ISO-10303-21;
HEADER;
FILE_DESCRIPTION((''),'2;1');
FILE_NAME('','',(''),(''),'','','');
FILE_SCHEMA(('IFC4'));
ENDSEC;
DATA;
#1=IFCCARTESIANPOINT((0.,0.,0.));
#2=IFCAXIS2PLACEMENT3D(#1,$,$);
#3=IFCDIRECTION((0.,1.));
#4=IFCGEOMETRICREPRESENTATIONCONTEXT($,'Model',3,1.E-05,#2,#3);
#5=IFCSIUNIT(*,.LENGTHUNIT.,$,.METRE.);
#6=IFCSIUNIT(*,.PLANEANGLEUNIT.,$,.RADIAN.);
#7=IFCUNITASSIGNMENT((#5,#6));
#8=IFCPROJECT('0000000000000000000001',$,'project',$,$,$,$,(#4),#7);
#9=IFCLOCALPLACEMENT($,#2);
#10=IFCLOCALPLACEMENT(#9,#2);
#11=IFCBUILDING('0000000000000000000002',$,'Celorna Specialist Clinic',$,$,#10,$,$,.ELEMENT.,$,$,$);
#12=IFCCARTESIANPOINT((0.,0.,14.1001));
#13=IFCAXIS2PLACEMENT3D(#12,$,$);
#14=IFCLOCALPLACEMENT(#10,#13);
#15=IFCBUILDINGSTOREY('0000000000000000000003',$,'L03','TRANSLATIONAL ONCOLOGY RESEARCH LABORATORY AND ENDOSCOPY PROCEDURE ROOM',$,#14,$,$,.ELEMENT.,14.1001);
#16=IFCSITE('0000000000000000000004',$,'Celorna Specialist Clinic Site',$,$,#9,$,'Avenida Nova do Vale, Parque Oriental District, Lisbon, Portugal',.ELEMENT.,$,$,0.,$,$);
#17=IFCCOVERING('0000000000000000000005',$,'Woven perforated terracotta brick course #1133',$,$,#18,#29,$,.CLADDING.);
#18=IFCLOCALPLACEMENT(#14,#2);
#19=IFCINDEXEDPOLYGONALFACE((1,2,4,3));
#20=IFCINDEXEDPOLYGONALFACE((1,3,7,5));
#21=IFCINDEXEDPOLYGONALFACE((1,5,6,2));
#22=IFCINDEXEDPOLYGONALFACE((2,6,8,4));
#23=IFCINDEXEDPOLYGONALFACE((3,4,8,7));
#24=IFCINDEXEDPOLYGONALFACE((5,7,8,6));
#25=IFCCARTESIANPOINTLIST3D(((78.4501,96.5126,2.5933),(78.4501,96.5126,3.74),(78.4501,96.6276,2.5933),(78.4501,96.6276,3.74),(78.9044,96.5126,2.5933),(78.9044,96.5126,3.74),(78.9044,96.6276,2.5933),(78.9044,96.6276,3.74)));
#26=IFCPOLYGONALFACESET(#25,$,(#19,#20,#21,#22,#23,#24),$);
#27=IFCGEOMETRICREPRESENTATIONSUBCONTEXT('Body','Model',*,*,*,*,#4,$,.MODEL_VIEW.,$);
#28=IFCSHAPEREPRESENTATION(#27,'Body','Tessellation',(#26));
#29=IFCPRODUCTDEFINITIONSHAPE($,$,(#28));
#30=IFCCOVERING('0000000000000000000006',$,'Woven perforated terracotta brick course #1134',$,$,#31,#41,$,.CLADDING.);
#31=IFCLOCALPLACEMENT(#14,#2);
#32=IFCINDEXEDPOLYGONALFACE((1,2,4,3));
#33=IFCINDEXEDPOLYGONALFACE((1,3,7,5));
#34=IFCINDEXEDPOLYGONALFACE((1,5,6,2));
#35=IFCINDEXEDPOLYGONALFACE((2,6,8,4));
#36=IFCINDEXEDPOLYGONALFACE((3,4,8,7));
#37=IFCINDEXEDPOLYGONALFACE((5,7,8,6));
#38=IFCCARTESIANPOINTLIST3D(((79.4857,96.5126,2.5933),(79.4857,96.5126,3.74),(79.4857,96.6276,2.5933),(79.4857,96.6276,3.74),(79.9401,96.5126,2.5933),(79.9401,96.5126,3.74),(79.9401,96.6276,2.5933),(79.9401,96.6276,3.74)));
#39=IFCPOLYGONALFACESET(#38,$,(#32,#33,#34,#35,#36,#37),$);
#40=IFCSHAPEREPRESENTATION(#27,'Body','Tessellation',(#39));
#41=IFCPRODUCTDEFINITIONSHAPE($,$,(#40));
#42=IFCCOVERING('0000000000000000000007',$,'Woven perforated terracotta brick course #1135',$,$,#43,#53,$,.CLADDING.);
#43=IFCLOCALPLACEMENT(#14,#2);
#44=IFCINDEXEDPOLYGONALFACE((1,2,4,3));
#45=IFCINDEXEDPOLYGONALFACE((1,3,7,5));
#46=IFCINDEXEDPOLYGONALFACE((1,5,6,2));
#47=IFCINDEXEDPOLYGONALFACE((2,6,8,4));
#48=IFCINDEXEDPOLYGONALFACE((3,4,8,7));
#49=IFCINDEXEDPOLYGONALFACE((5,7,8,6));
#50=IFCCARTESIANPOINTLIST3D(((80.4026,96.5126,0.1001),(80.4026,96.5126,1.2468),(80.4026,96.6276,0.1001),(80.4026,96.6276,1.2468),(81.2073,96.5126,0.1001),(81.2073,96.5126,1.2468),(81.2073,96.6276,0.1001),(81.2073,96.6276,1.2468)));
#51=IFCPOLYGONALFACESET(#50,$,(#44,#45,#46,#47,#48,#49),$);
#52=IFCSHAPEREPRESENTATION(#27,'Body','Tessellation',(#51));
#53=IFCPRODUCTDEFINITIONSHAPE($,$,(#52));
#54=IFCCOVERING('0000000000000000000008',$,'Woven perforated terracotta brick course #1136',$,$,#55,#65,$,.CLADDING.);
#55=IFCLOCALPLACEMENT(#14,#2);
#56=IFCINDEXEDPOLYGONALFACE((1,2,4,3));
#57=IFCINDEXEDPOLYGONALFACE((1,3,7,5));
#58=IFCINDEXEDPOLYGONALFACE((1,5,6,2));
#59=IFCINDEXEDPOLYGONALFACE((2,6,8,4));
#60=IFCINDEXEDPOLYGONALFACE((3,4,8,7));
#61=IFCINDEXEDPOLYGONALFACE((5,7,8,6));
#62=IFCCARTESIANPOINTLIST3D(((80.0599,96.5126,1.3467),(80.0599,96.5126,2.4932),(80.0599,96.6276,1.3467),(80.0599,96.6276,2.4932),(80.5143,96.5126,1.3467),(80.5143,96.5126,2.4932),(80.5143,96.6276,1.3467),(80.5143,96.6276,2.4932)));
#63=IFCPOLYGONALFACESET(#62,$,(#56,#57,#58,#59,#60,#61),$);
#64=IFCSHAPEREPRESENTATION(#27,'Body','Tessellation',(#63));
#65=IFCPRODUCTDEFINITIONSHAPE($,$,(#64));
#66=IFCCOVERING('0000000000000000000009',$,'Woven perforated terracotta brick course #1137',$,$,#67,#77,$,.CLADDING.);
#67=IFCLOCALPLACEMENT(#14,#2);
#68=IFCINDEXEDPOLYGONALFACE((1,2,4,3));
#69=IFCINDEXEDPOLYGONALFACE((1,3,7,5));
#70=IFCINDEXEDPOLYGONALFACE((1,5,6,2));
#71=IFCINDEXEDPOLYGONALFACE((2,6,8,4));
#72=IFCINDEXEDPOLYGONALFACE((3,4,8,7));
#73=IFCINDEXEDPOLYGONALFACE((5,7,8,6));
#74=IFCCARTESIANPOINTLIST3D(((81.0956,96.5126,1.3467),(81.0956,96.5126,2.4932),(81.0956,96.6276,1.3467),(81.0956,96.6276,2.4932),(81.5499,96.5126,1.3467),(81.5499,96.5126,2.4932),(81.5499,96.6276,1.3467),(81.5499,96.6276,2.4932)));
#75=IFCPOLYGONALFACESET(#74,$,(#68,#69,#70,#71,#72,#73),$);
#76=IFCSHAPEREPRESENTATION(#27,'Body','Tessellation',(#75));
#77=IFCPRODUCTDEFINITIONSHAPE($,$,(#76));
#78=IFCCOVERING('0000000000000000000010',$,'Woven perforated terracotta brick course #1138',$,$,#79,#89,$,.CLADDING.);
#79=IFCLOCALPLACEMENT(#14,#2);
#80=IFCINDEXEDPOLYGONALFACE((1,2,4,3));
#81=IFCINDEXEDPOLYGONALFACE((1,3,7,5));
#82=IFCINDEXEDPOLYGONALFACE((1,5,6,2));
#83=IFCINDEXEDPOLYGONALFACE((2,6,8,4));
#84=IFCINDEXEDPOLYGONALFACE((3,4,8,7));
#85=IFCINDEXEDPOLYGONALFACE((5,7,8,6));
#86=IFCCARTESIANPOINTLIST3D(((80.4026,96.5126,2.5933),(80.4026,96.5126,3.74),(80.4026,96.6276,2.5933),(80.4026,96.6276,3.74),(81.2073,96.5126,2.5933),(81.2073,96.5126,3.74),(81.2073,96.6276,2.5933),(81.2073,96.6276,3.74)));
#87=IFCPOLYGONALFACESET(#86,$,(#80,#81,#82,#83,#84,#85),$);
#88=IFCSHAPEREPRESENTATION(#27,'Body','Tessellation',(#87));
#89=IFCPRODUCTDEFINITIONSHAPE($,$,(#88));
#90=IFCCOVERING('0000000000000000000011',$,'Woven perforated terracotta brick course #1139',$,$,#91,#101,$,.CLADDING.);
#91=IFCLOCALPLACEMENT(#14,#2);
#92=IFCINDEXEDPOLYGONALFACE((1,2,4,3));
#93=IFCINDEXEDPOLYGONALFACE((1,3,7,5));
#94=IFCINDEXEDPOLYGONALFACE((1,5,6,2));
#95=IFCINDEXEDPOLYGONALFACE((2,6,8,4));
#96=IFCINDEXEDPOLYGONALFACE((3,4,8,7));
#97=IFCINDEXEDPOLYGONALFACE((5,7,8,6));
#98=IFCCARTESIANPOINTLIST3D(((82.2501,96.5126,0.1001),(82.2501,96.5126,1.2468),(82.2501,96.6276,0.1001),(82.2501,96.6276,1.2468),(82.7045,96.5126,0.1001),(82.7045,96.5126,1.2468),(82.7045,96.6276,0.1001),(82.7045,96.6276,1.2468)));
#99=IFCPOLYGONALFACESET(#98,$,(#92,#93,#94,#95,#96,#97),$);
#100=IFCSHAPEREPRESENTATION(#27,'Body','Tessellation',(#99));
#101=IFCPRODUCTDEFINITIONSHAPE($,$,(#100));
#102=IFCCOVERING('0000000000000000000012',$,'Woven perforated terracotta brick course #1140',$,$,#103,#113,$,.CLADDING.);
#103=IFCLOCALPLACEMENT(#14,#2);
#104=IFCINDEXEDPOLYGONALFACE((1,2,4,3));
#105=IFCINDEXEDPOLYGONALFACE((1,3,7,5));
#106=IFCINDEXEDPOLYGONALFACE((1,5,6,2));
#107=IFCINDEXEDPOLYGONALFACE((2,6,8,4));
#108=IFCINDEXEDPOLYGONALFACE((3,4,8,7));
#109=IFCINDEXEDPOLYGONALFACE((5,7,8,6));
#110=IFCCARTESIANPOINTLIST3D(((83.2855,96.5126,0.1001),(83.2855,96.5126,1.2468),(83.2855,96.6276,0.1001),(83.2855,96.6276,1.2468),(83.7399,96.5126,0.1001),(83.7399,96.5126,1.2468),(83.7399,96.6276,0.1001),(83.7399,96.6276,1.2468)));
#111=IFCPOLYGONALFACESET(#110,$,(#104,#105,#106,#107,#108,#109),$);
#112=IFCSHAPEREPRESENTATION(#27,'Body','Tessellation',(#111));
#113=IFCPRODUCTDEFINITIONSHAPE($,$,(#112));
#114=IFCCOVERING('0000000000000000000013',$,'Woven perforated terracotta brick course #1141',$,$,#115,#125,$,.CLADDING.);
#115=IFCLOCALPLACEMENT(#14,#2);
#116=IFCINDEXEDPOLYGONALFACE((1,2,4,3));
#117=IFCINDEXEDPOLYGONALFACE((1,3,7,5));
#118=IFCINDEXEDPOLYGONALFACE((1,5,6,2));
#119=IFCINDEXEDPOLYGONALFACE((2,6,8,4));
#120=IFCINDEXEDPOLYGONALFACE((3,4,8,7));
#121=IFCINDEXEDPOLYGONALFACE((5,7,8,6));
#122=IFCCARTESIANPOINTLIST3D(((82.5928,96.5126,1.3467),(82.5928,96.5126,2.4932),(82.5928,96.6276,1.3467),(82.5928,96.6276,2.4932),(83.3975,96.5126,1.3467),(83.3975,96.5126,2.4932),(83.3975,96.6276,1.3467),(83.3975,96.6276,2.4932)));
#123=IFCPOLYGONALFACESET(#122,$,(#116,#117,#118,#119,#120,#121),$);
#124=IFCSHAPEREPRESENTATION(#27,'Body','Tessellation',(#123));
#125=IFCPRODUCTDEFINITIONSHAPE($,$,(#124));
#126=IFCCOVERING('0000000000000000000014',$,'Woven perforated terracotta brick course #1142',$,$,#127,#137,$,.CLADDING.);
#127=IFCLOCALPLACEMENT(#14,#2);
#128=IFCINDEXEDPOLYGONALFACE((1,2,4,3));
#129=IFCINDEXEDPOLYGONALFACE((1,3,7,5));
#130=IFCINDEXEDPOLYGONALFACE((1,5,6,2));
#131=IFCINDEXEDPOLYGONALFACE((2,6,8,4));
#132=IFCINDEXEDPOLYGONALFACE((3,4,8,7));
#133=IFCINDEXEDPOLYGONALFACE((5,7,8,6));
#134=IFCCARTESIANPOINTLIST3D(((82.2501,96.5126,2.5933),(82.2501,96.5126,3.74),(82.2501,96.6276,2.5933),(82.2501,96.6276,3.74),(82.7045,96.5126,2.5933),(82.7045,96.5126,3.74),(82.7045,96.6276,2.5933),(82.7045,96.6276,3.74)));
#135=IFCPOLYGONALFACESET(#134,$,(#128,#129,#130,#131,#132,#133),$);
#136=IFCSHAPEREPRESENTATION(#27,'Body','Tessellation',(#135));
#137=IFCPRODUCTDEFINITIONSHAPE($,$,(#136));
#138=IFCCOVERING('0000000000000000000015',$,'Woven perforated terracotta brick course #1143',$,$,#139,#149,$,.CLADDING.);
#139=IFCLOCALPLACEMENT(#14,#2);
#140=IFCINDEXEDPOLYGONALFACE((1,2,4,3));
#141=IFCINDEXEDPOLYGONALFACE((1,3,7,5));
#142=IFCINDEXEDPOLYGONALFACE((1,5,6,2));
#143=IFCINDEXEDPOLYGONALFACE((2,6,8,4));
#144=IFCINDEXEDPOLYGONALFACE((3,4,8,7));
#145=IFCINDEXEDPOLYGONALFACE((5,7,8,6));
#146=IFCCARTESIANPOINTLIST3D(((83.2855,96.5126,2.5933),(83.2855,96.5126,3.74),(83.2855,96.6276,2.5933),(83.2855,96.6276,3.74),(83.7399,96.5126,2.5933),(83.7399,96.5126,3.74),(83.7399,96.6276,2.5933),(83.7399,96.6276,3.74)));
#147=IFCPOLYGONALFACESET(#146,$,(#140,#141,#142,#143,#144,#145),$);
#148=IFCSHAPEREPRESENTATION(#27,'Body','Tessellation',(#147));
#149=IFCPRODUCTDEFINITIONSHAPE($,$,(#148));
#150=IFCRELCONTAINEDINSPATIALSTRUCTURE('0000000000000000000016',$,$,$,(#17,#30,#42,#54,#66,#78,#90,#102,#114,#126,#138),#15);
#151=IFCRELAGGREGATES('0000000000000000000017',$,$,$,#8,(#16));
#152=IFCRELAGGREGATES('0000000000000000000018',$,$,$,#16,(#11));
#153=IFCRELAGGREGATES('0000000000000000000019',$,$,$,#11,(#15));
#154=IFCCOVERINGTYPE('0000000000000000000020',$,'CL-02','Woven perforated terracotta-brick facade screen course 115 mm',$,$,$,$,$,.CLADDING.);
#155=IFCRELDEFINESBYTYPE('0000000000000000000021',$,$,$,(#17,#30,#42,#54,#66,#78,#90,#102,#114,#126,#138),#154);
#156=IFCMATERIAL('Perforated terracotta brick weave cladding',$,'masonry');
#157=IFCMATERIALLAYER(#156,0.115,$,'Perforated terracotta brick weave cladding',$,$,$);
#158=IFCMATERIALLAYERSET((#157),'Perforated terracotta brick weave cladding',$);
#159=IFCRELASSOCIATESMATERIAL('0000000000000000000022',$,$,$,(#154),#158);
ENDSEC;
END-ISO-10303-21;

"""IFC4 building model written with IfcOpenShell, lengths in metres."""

from ifc_helpers import new_model, si_unit, direction, frame, origin, origin_2d, place, context, subcontext, project, spatial, rectangle, extrude, material, layer, layer_set, type_object, element, save


model = new_model("IFC4")

# Units and contexts
model_context = context("Model", 3, precision=1e-05, world=origin(), true_north=direction((0.0, 1.0)))
body_context = subcontext(model_context, "Body", "Model", "MODEL_VIEW")
ifc_project = project(units=[si_unit("LENGTHUNIT", "METRE"), si_unit("PLANEANGLEUNIT", "RADIAN")], contexts=[model_context])

# Site, building, storey
site_placement = place(None, origin())
site = spatial("IfcSite", under=ifc_project, at=site_placement, Name="Celorna Specialist Clinic Site", LongName="Avenida Nova do Vale, Parque Oriental District, Lisbon, Portugal", CompositionType="ELEMENT", RefElevation=0.0)
building_placement = place(site_placement, origin())
building = spatial("IfcBuilding", under=site, at=building_placement, Name="Celorna Specialist Clinic", CompositionType="ELEMENT")
storey_placement = place(building_placement, frame((0.0, 0.0, 14.1001)))
storey = spatial("IfcBuildingStorey", under=building, at=storey_placement, Name="L03", Description="TRANSLATIONAL ONCOLOGY RESEARCH LABORATORY AND ENDOSCOPY PROCEDURE ROOM", CompositionType="ELEMENT", Elevation=14.1001)

# Coverings
ifc_material_1 = material(Name="Perforated terracotta brick weave cladding", Category="masonry")
ifc_layer = layer(ifc_material_1, 0.115, Name="Perforated terracotta brick weave cladding")
ifc_layer_set = layer_set([ifc_layer], Name="Perforated terracotta brick weave cladding")
covering_type = type_object("IfcCoveringType", Name="CL-02", Description="Woven perforated terracotta-brick facade screen course 115 mm", PredefinedType="CLADDING", material=ifc_layer_set)
for number, where, z_axis, x_axis, name in (
    (1, (78.6772, 96.5701, 2.5933), (0.0, 0.0, 1.0), (1.0, 0.0, 0.0), "Woven perforated terracotta brick course #1133"),
    (2, (79.7129, 96.5701, 2.5933), (0.0, 0.0, 1.0), (1.0, 0.0, 0.0), "Woven perforated terracotta brick course #1134"),
):
    element("IfcCovering", number, at=place(storey_placement, frame(where, z_axis=z_axis, x_axis=x_axis)), inside=storey, type_object=covering_type, Name=name, PredefinedType="CLADDING", context=body_context, shape_type="SweptSolid", body=[
        extrude(rectangle(XDim=0.4543, YDim=0.115, at=origin_2d()), origin(), (0.0, 0.0, 1.0), 1.1467),
    ])
covering_1_placement = place(storey_placement, frame((80.8049, 96.5701, 0.1001), z_axis=(0.0, 0.0, 1.0), x_axis=(1.0, 0.0, 0.0)))
element("IfcCovering", 3, at=covering_1_placement, inside=storey, type_object=covering_type, Name="Woven perforated terracotta brick course #1135", PredefinedType="CLADDING", context=body_context, shape_type="SweptSolid", body=[
    extrude(rectangle(XDim=0.8047, YDim=0.115, at=origin_2d()), origin(), (0.0, 0.0, 1.0), 1.1467),
])
for number, where, z_axis, x_axis, name in (
    (4, (80.2871, 96.5701, 1.3467), (0.0, 0.0, 1.0), (1.0, 0.0, 0.0), "Woven perforated terracotta brick course #1136"),
    (5, (81.3228, 96.5701, 1.3467), (0.0, 0.0, 1.0), (1.0, 0.0, 0.0), "Woven perforated terracotta brick course #1137"),
):
    element("IfcCovering", number, at=place(storey_placement, frame(where, z_axis=z_axis, x_axis=x_axis)), inside=storey, type_object=covering_type, Name=name, PredefinedType="CLADDING", context=body_context, shape_type="SweptSolid", body=[
        extrude(rectangle(XDim=0.4543, YDim=0.115, at=origin_2d()), origin(), (0.0, 0.0, 1.0), 1.1465),
    ])
covering_2_placement = place(storey_placement, frame((80.8049, 96.5701, 2.5933), z_axis=(0.0, 0.0, 1.0), x_axis=(1.0, 0.0, 0.0)))
element("IfcCovering", 6, at=covering_2_placement, inside=storey, type_object=covering_type, Name="Woven perforated terracotta brick course #1138", PredefinedType="CLADDING", context=body_context, shape_type="SweptSolid", body=[
    extrude(rectangle(XDim=0.8047, YDim=0.115, at=origin_2d()), origin(), (0.0, 0.0, 1.0), 1.1467),
])
for number, where, z_axis, x_axis, name in (
    (7, (82.4773, 96.5701, 0.1001), (0.0, 0.0, 1.0), (1.0, 0.0, 0.0), "Woven perforated terracotta brick course #1139"),
    (8, (83.5127, 96.5701, 0.1001), (0.0, 0.0, 1.0), (1.0, 0.0, 0.0), "Woven perforated terracotta brick course #1140"),
):
    element("IfcCovering", number, at=place(storey_placement, frame(where, z_axis=z_axis, x_axis=x_axis)), inside=storey, type_object=covering_type, Name=name, PredefinedType="CLADDING", context=body_context, shape_type="SweptSolid", body=[
        extrude(rectangle(XDim=0.4543, YDim=0.115, at=origin_2d()), origin(), (0.0, 0.0, 1.0), 1.1467),
    ])
covering_3_placement = place(storey_placement, frame((82.9951, 96.5701, 1.3467), z_axis=(0.0, 0.0, 1.0), x_axis=(1.0, 0.0, 0.0)))
element("IfcCovering", 9, at=covering_3_placement, inside=storey, type_object=covering_type, Name="Woven perforated terracotta brick course #1141", PredefinedType="CLADDING", context=body_context, shape_type="SweptSolid", body=[
    extrude(rectangle(XDim=0.8047, YDim=0.115, at=origin_2d()), origin(), (0.0, 0.0, 1.0), 1.1465),
])
for number, where, z_axis, x_axis, name in (
    (10, (82.4773, 96.5701, 2.5933), (0.0, 0.0, 1.0), (1.0, 0.0, 0.0), "Woven perforated terracotta brick course #1142"),
    (11, (83.5127, 96.5701, 2.5933), (0.0, 0.0, 1.0), (1.0, 0.0, 0.0), "Woven perforated terracotta brick course #1143"),
):
    element("IfcCovering", number, at=place(storey_placement, frame(where, z_axis=z_axis, x_axis=x_axis)), inside=storey, type_object=covering_type, Name=name, PredefinedType="CLADDING", context=body_context, shape_type="SweptSolid", body=[
        extrude(rectangle(XDim=0.4543, YDim=0.115, at=origin_2d()), origin(), (0.0, 0.0, 1.0), 1.1467),
    ])

save(model, "model.ifc")
